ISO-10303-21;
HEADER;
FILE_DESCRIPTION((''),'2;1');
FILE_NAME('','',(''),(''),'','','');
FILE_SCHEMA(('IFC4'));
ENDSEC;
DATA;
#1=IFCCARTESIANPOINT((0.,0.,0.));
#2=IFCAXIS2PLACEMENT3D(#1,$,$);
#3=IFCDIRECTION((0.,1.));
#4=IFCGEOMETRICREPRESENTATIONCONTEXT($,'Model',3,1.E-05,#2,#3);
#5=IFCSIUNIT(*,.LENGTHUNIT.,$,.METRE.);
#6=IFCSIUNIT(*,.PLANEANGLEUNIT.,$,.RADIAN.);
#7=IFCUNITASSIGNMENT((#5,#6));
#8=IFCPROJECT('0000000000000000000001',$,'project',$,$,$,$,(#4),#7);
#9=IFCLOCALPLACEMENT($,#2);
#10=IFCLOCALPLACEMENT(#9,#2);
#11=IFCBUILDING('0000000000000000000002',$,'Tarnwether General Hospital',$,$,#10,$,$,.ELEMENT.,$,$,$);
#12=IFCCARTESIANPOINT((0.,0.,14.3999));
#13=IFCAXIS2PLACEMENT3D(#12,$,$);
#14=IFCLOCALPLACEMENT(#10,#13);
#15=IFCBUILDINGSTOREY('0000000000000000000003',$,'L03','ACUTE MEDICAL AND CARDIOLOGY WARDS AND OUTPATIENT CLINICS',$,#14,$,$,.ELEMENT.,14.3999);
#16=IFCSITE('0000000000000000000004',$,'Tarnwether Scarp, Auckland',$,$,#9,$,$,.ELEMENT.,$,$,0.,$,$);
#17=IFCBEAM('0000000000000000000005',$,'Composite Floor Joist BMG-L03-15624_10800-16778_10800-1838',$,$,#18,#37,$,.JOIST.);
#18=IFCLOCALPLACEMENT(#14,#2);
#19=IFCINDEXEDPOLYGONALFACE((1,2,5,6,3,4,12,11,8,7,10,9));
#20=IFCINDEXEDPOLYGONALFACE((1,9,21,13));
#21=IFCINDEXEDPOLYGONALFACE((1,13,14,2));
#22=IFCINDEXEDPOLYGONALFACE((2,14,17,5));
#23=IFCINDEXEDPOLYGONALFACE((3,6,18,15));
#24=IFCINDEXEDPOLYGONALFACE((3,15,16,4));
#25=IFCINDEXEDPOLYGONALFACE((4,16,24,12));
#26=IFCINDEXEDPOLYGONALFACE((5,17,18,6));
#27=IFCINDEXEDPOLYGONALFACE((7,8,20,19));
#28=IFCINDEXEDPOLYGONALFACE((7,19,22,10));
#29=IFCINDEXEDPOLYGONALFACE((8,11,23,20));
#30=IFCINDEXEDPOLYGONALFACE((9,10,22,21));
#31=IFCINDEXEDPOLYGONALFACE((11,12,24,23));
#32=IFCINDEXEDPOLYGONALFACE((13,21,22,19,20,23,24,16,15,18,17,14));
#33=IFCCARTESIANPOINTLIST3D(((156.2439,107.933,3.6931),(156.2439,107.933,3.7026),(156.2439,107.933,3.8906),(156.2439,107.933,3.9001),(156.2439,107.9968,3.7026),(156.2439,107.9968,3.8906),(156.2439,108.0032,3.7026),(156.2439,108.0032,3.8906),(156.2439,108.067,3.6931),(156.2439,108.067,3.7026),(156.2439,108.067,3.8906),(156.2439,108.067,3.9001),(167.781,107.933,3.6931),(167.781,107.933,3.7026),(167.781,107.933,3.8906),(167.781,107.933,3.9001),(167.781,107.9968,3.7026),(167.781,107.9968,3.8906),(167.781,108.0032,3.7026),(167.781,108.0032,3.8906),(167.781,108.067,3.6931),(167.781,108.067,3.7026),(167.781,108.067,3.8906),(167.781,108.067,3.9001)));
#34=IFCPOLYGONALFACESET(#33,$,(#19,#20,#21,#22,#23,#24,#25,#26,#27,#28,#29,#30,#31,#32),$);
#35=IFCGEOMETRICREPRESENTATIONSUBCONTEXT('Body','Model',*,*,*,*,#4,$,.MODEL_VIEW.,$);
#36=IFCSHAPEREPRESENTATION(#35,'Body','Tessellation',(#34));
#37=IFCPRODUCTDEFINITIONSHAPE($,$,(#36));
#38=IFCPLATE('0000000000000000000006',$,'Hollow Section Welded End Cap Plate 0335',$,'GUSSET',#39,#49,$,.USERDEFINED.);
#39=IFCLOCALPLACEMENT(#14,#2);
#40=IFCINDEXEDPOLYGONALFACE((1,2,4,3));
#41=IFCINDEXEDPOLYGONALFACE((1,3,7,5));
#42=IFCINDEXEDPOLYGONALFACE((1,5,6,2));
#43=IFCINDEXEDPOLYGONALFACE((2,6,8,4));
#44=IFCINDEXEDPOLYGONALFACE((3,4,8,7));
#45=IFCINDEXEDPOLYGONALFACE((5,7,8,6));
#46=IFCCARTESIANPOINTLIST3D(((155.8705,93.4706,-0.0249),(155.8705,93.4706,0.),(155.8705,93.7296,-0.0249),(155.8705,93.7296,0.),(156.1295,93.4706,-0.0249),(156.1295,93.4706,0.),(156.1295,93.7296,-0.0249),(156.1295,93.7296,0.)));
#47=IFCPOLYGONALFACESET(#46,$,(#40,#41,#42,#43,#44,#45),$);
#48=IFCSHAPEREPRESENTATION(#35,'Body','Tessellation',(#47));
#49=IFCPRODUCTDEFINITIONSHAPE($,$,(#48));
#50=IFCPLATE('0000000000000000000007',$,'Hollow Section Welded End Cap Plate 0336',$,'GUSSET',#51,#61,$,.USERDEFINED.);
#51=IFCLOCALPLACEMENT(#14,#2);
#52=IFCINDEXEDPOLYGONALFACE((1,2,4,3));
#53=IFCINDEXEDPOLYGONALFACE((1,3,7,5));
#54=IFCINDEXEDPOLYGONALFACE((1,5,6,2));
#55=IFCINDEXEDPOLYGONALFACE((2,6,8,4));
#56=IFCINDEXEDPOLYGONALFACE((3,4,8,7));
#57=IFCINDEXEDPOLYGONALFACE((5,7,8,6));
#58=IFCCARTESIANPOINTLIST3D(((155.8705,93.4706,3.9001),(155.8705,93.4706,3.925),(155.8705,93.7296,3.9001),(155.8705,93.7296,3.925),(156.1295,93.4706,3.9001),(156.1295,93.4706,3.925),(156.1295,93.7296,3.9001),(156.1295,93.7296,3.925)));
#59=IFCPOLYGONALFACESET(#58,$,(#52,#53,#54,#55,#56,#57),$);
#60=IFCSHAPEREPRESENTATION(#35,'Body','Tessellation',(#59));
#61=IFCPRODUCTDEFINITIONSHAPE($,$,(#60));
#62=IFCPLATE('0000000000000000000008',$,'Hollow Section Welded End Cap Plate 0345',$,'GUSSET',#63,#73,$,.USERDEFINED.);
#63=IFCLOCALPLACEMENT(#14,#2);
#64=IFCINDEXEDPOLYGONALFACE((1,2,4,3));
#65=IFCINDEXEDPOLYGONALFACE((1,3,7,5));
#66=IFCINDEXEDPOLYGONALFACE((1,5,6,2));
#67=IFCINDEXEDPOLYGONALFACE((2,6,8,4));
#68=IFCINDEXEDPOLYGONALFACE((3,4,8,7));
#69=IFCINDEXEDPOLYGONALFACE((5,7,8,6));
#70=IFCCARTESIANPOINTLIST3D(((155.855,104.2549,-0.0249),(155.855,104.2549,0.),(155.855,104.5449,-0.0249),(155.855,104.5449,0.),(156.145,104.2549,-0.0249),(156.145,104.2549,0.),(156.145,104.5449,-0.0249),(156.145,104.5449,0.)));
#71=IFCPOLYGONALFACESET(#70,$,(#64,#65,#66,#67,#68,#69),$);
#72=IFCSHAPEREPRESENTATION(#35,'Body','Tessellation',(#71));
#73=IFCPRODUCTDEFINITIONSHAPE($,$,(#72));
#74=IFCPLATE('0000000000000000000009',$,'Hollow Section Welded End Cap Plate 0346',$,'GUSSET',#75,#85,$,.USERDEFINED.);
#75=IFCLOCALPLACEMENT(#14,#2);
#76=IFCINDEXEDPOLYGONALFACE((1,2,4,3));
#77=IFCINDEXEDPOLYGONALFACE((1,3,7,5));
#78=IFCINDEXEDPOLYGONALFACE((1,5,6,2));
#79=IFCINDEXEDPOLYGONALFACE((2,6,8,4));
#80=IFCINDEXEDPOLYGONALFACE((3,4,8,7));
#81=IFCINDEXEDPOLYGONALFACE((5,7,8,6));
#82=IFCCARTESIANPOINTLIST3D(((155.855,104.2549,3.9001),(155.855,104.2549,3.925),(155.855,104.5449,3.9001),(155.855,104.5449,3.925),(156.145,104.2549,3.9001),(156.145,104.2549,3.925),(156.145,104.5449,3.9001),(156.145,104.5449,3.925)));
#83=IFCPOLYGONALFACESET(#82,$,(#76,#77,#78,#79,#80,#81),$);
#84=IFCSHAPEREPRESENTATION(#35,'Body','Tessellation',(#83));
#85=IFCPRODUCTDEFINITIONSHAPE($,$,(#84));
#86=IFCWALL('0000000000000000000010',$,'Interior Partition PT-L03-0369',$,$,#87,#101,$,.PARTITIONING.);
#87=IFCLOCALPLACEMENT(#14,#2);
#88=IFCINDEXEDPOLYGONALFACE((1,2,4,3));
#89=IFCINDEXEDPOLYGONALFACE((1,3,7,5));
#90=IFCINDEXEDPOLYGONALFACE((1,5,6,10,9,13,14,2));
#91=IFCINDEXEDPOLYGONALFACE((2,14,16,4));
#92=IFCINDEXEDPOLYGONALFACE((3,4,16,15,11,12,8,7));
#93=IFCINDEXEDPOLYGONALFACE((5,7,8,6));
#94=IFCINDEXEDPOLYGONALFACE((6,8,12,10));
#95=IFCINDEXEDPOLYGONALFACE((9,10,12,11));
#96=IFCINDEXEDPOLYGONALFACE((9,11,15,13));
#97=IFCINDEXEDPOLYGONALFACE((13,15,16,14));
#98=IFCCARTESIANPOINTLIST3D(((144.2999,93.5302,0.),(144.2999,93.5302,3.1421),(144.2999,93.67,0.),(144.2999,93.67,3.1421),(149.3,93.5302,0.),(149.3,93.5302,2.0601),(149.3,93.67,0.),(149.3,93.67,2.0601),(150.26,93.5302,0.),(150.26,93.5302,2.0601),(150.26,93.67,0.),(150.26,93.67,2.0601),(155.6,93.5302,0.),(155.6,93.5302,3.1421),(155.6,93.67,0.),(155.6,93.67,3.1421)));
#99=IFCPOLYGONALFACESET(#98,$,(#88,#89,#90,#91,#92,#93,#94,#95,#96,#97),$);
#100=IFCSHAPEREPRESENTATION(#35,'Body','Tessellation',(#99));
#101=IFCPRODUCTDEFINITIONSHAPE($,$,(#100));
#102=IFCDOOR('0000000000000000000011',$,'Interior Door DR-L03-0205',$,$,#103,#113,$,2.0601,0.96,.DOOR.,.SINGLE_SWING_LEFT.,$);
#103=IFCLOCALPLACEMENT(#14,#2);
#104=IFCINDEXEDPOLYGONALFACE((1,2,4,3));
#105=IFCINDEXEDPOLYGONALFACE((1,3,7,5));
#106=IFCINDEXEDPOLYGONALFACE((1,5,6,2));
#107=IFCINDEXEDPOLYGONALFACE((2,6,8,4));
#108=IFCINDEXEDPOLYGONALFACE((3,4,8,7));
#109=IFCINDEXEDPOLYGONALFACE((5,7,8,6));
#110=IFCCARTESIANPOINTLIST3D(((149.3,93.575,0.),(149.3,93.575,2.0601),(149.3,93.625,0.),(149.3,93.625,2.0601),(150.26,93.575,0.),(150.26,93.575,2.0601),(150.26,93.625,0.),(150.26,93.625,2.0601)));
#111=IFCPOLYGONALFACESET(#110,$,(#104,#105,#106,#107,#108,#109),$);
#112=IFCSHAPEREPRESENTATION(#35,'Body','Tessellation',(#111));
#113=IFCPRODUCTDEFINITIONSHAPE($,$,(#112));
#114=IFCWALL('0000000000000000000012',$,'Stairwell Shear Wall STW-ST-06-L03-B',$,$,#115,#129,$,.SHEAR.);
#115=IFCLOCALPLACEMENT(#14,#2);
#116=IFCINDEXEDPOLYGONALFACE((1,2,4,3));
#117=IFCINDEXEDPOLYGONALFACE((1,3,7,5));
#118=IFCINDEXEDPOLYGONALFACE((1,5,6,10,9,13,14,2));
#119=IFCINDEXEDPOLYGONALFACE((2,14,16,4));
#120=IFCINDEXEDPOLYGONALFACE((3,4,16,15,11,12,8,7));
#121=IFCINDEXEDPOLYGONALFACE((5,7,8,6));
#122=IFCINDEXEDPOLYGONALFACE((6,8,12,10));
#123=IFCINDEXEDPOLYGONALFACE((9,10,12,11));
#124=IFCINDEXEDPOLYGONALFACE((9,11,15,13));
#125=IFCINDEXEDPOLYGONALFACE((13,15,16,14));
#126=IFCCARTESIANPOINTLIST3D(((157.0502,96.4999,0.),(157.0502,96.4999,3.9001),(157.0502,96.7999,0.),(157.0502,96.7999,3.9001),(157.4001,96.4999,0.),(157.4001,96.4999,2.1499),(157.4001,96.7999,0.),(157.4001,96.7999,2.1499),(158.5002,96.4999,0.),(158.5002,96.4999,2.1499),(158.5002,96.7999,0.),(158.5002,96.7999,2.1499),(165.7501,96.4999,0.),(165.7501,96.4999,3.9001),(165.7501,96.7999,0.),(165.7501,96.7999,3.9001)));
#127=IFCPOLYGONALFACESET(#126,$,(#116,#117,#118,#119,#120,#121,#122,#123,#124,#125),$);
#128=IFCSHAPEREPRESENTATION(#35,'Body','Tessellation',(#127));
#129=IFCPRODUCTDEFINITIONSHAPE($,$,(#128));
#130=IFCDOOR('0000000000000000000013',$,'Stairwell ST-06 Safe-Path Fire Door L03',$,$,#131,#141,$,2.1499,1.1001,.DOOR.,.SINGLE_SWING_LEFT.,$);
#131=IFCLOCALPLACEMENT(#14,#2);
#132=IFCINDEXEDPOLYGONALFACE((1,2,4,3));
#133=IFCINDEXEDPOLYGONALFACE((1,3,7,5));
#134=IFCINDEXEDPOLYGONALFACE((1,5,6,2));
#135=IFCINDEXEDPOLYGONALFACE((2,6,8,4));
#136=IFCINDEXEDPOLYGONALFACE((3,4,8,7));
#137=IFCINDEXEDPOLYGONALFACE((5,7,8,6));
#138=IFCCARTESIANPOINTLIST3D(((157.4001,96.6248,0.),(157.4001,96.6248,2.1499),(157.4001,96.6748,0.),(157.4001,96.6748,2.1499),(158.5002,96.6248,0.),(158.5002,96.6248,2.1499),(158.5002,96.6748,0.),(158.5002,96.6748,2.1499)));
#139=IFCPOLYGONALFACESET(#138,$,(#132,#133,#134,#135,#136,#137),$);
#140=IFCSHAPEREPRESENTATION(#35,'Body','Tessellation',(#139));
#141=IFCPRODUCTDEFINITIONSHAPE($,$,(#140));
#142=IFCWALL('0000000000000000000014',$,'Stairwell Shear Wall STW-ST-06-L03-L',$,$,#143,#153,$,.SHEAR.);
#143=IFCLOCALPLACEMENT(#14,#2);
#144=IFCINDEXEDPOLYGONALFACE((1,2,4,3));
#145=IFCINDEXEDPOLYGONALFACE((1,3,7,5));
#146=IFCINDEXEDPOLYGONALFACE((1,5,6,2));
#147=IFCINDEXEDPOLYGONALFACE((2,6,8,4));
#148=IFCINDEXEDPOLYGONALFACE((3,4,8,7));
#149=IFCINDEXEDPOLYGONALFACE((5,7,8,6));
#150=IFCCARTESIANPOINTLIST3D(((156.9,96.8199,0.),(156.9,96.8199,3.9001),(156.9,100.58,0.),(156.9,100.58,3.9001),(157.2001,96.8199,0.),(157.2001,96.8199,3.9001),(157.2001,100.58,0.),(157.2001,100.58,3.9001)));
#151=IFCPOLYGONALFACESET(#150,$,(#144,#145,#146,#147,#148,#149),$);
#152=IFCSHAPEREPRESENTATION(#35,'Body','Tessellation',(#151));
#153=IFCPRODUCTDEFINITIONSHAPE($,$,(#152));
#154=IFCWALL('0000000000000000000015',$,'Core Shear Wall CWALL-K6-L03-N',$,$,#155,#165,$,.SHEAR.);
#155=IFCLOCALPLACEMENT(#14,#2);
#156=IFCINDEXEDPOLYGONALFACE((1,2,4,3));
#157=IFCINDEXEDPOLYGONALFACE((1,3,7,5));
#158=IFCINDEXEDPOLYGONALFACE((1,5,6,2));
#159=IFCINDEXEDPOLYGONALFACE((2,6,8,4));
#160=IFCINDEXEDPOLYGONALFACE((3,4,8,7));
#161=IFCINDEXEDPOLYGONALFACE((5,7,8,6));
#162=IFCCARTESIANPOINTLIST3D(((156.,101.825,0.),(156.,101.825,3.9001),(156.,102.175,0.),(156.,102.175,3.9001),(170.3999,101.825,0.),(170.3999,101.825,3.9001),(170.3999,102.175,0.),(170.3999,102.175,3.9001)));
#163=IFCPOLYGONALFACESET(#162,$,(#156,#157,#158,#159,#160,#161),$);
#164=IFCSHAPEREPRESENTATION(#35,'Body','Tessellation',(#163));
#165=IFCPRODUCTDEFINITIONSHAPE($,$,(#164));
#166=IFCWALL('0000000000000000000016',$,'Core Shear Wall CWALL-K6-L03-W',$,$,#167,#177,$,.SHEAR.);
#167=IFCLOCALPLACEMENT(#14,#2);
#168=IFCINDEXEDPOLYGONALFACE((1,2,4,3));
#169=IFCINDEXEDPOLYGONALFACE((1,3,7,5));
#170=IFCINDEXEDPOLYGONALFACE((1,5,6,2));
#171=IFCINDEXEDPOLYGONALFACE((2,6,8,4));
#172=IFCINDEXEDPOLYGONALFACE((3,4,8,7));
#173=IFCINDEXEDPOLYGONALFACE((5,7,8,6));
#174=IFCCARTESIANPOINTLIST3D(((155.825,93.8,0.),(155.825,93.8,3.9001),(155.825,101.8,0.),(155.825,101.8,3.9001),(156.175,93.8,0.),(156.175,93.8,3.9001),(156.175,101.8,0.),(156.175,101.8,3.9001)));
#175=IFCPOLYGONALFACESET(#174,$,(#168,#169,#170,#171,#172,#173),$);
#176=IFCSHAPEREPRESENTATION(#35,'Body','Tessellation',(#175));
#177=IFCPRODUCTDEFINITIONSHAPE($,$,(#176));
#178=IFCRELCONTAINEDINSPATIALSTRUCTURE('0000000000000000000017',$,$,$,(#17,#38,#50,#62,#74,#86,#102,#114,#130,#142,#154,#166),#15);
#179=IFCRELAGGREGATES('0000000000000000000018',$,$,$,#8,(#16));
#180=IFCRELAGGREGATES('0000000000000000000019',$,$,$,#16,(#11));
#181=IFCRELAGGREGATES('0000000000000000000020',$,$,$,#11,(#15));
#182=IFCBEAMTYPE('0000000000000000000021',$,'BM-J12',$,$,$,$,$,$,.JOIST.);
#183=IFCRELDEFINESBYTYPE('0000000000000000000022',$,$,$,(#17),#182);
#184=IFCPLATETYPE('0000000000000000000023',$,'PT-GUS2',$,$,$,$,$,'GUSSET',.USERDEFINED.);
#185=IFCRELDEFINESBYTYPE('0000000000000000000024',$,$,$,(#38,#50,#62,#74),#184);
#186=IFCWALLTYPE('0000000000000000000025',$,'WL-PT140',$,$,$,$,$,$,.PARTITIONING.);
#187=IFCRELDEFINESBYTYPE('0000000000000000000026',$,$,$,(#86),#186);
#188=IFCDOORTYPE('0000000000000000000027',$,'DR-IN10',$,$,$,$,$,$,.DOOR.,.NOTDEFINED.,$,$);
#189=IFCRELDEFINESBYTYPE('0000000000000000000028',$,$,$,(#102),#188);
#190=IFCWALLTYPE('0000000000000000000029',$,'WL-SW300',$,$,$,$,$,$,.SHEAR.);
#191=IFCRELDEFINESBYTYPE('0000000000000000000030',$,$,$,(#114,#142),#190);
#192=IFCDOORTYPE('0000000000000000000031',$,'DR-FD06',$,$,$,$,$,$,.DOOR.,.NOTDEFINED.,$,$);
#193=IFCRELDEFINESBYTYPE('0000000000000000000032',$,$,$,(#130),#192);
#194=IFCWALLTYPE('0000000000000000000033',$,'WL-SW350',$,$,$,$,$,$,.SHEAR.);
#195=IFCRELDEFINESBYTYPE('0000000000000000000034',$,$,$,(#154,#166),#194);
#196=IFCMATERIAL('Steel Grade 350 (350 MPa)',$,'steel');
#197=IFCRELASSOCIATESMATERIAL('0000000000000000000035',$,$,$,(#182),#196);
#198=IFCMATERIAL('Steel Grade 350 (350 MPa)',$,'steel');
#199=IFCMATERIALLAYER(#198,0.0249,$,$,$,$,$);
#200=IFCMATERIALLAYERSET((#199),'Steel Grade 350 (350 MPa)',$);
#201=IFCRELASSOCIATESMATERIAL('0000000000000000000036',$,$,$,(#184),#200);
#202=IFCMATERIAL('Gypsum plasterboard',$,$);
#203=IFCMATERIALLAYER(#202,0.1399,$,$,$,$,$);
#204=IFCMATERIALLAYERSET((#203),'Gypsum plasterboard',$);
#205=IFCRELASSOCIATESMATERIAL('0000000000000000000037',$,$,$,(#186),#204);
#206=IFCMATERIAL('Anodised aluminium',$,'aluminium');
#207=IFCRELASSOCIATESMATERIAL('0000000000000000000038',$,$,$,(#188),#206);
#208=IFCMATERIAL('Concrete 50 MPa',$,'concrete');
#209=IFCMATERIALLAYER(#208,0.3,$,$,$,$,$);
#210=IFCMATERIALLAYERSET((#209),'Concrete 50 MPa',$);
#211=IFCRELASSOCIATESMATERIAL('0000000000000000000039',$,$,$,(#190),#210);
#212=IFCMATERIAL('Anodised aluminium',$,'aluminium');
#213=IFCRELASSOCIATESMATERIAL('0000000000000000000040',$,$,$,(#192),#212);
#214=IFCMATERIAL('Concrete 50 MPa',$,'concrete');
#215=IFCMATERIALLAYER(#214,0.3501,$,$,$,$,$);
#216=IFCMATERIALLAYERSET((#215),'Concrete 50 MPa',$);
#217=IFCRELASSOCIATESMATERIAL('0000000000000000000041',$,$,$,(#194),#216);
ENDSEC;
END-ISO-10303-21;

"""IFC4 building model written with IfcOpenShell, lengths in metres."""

from ifc_helpers import new_model, si_unit, direction, frame, frame_2d, origin, origin_2d, place, context, subcontext, project, spatial, rectangle, i_section, extrude, material, layer, layer_set, material_profile, profile_set, type_object, element, fill, save


model = new_model("IFC4")

# Units and contexts
model_context = context("Model", 3, precision=1e-05, world=origin(), true_north=direction((0.0, 1.0)))
body_context = subcontext(model_context, "Body", "Model", "MODEL_VIEW")
ifc_project = project(units=[si_unit("LENGTHUNIT", "METRE"), si_unit("PLANEANGLEUNIT", "RADIAN")], contexts=[model_context])

# Site, building, storey
site_placement = place(None, origin())
site = spatial("IfcSite", under=ifc_project, at=site_placement, Name="Tarnwether Scarp, Auckland", CompositionType="ELEMENT", RefElevation=0.0)
building_placement = place(site_placement, origin())
building = spatial("IfcBuilding", under=site, at=building_placement, Name="Tarnwether General Hospital", CompositionType="ELEMENT")
storey_placement = place(building_placement, frame((0.0, 0.0, 14.3999)))
storey = spatial("IfcBuildingStorey", under=building, at=storey_placement, Name="L03", Description="ACUTE MEDICAL AND CARDIOLOGY WARDS AND OUTPATIENT CLINICS", CompositionType="ELEMENT", Elevation=14.3999)

# Beam
ifc_material_1 = material(Name="Steel Grade 350 (350 MPa)", Category="steel")
ifc_material_profile_1 = material_profile(ifc_material_1, i_section(OverallWidth=0.134, OverallDepth=0.207, WebThickness=0.0063, FlangeThickness=0.0095, at=origin_2d()), Name="200UB29.8")
ifc_profile_set_1 = profile_set([ifc_material_profile_1], Name="Steel Grade 350 (350 MPa)")
beam_type_1 = type_object("IfcBeamType", Name="BM-J12", PredefinedType="JOIST", material=ifc_profile_set_1)
beam_1_placement = place(storey_placement, frame((156.2439, 108.0, 3.7966), z_axis=(1.0, 0.0, 0.0), x_axis=(0.0, 1.0, 0.0)))
element("IfcBeam", 1, at=beam_1_placement, inside=storey, type_object=beam_type_1, Name="Composite Floor Joist BMG-L03-15624_10800-16778_10800-1838", PredefinedType="JOIST", context=body_context, shape_type="SweptSolid", body=[
    extrude(i_section(OverallWidth=0.134, OverallDepth=0.207, WebThickness=0.0063, FlangeThickness=0.0095, at=origin_2d()), origin(), (0.0, 0.0, 1.0), 11.5371),
])

# Plates
ifc_material_2 = material(Name="Steel Grade 350 (350 MPa)", Category="steel")
ifc_layer_1 = layer(ifc_material_2, 0.0249)
ifc_layer_set_1 = layer_set([ifc_layer_1], Name="Steel Grade 350 (350 MPa)")
plate_type = type_object("IfcPlateType", Name="PT-GUS2", ElementType="GUSSET", PredefinedType="USERDEFINED", material=ifc_layer_set_1)
for number, where, z_axis, x_axis, name in (
    (2, (156.0, 93.6001, -0.0249), (0.0, 0.0, 1.0), (1.0, 0.0, 0.0), "Hollow Section Welded End Cap Plate 0335"),
    (3, (156.0, 93.6001, 3.9001), (0.0, 0.0, 1.0), (1.0, 0.0, 0.0), "Hollow Section Welded End Cap Plate 0336"),
):
    element("IfcPlate", number, at=place(storey_placement, frame(where, z_axis=z_axis, x_axis=x_axis)), inside=storey, type_object=plate_type, Name=name, ObjectType="GUSSET", PredefinedType="USERDEFINED", context=body_context, shape_type="SweptSolid", body=[
        extrude(rectangle(XDim=0.259, YDim=0.259, at=origin_2d()), origin(), (0.0, 0.0, 1.0), 0.0249),
    ])
for number, where, z_axis, x_axis, name in (
    (4, (156.0, 104.3999, -0.0249), (0.0, 0.0, 1.0), (1.0, 0.0, 0.0), "Hollow Section Welded End Cap Plate 0345"),
    (5, (156.0, 104.3999, 3.9001), (0.0, 0.0, 1.0), (1.0, 0.0, 0.0), "Hollow Section Welded End Cap Plate 0346"),
):
    element("IfcPlate", number, at=place(storey_placement, frame(where, z_axis=z_axis, x_axis=x_axis)), inside=storey, type_object=plate_type, Name=name, ObjectType="GUSSET", PredefinedType="USERDEFINED", context=body_context, shape_type="SweptSolid", body=[
        extrude(rectangle(XDim=0.29, YDim=0.29, at=origin_2d()), origin(), (0.0, 0.0, 1.0), 0.0249),
    ])

# Walls, openings, doors
ifc_material_3 = material(Name="Gypsum plasterboard")
ifc_layer_2 = layer(ifc_material_3, 0.1399)
ifc_layer_set_2 = layer_set([ifc_layer_2], Name="Gypsum plasterboard")
wall_type_1 = type_object("IfcWallType", Name="WL-PT140", PredefinedType="PARTITIONING", material=ifc_layer_set_2)
wall_1_placement = place(storey_placement, frame((144.3, 93.6001, 0.0), z_axis=(0.0, 0.0, 1.0), x_axis=(1.0, 0.0, 0.0)))
wall_1 = element("IfcWall", 6, at=wall_1_placement, inside=storey, type_object=wall_type_1, Name="Interior Partition PT-L03-0369", PredefinedType="PARTITIONING", context=body_context, shape_type="SweptSolid", body=[
    extrude(rectangle(XDim=11.3, YDim=0.1399, at=frame_2d((5.6499, 0.0))), origin(), (0.0, 0.0, 1.0), 3.1421),
])
opening_1_placement = place(wall_1_placement, frame((5.0, 0.0, 0.0)))
opening_1 = element("IfcOpeningElement", 7, at=opening_1_placement, cuts=wall_1, PredefinedType="OPENING", context=body_context, shape_type="SweptSolid", body=[
    extrude(rectangle(XDim=0.96, YDim=2.0601, at=frame_2d((0.48, 1.03))), frame((0.0, 0.0801, 0.0), z_axis=(0.0, -1.0, 0.0), x_axis=(1.0, 0.0, 0.0)), (0.0, 0.0, 1.0), 0.1599),
])
ifc_material_4 = material(Name="Anodised aluminium", Category="aluminium")
door_type_1 = type_object("IfcDoorType", Name="DR-IN10", OperationType="NOTDEFINED", PredefinedType="DOOR", material=ifc_material_4)
door_1_placement = place(opening_1_placement, origin())
door_1 = element("IfcDoor", 8, at=door_1_placement, inside=storey, type_object=door_type_1, Name="Interior Door DR-L03-0205", OperationType="SINGLE_SWING_LEFT", OverallHeight=2.0601, OverallWidth=0.96, PredefinedType="DOOR", context=body_context, shape_type="SweptSolid", body=[
    extrude(rectangle(XDim=0.96, YDim=2.0601, at=frame_2d((0.48, 1.03))), frame((0.0, 0.0249, 0.0), z_axis=(0.0, -1.0, 0.0), x_axis=(1.0, 0.0, 0.0)), (0.0, 0.0, 1.0), 0.05),
])
fill(opening_1, door_1)
ifc_material_5 = material(Name="Concrete 50 MPa", Category="concrete")
ifc_layer_3 = layer(ifc_material_5, 0.3)
ifc_layer_set_3 = layer_set([ifc_layer_3], Name="Concrete 50 MPa")
wall_type_2 = type_object("IfcWallType", Name="WL-SW300", PredefinedType="SHEAR", material=ifc_layer_set_3)
wall_2_placement = place(storey_placement, frame((157.05, 96.6499, 0.0), z_axis=(0.0, 0.0, 1.0), x_axis=(1.0, 0.0, 0.0)))
wall_2 = element("IfcWall", 9, at=wall_2_placement, inside=storey, type_object=wall_type_2, Name="Stairwell Shear Wall STW-ST-06-L03-B", PredefinedType="SHEAR", context=body_context, shape_type="SweptSolid", body=[
    extrude(rectangle(XDim=8.7, YDim=0.3, at=frame_2d((4.3501, 0.0))), origin(), (0.0, 0.0, 1.0), 3.9001),
])
opening_2_placement = place(wall_2_placement, frame((0.3501, 0.0, 0.0)))
opening_2 = element("IfcOpeningElement", 10, at=opening_2_placement, cuts=wall_2, PredefinedType="OPENING", context=body_context, shape_type="SweptSolid", body=[
    extrude(rectangle(XDim=1.1001, YDim=2.1499, at=frame_2d((0.55, 1.075))), frame((0.0, 0.1602, 0.0), z_axis=(0.0, -1.0, 0.0), x_axis=(1.0, 0.0, 0.0)), (0.0, 0.0, 1.0), 0.3201),
])
ifc_material_6 = material(Name="Anodised aluminium", Category="aluminium")
door_type_2 = type_object("IfcDoorType", Name="DR-FD06", OperationType="NOTDEFINED", PredefinedType="DOOR", material=ifc_material_6)
door_2_placement = place(opening_2_placement, origin())
door_2 = element("IfcDoor", 11, at=door_2_placement, inside=storey, type_object=door_type_2, Name="Stairwell ST-06 Safe-Path Fire Door L03", OperationType="SINGLE_SWING_LEFT", OverallHeight=2.1499, OverallWidth=1.1001, PredefinedType="DOOR", context=body_context, shape_type="SweptSolid", body=[
    extrude(rectangle(XDim=1.1001, YDim=2.1499, at=frame_2d((0.55, 1.075))), frame((0.0, 0.0249, 0.0), z_axis=(0.0, -1.0, 0.0), x_axis=(1.0, 0.0, 0.0)), (0.0, 0.0, 1.0), 0.05),
])
fill(opening_2, door_2)

# Walls
wall_3_placement = place(storey_placement, frame((157.05, 96.8201, 0.0), z_axis=(0.0, 0.0, 1.0), x_axis=(0.0, 1.0, 0.0)))
element("IfcWall", 12, at=wall_3_placement, inside=storey, type_object=wall_type_2, Name="Stairwell Shear Wall STW-ST-06-L03-L", PredefinedType="SHEAR", context=body_context, shape_type="SweptSolid", body=[
    extrude(rectangle(XDim=3.76, YDim=0.3, at=frame_2d((1.8799, 0.0))), origin(), (0.0, 0.0, 1.0), 3.9001),
])
ifc_material_7 = material(Name="Concrete 50 MPa", Category="concrete")
ifc_layer_4 = layer(ifc_material_7, 0.3501)
ifc_layer_set_4 = layer_set([ifc_layer_4], Name="Concrete 50 MPa")
wall_type_3 = type_object("IfcWallType", Name="WL-SW350", PredefinedType="SHEAR", material=ifc_layer_set_4)
wall_4_placement = place(storey_placement, frame((156.0, 102.0, 0.0), z_axis=(0.0, 0.0, 1.0), x_axis=(1.0, 0.0, 0.0)))
element("IfcWall", 13, at=wall_4_placement, inside=storey, type_object=wall_type_3, Name="Core Shear Wall CWALL-K6-L03-N", PredefinedType="SHEAR", context=body_context, shape_type="SweptSolid", body=[
    extrude(rectangle(XDim=14.3999, YDim=0.3501, at=frame_2d((7.2, 0.0))), origin(), (0.0, 0.0, 1.0), 3.9001),
])
wall_5_placement = place(storey_placement, frame((156.0, 93.8, 0.0), z_axis=(0.0, 0.0, 1.0), x_axis=(0.0, 1.0, 0.0)))
element("IfcWall", 14, at=wall_5_placement, inside=storey, type_object=wall_type_3, Name="Core Shear Wall CWALL-K6-L03-W", PredefinedType="SHEAR", context=body_context, shape_type="SweptSolid", body=[
    extrude(rectangle(XDim=8.0, YDim=0.3501, at=frame_2d((4.0, 0.0))), origin(), (0.0, 0.0, 1.0), 3.9001),
])

save(model, "model.ifc")
